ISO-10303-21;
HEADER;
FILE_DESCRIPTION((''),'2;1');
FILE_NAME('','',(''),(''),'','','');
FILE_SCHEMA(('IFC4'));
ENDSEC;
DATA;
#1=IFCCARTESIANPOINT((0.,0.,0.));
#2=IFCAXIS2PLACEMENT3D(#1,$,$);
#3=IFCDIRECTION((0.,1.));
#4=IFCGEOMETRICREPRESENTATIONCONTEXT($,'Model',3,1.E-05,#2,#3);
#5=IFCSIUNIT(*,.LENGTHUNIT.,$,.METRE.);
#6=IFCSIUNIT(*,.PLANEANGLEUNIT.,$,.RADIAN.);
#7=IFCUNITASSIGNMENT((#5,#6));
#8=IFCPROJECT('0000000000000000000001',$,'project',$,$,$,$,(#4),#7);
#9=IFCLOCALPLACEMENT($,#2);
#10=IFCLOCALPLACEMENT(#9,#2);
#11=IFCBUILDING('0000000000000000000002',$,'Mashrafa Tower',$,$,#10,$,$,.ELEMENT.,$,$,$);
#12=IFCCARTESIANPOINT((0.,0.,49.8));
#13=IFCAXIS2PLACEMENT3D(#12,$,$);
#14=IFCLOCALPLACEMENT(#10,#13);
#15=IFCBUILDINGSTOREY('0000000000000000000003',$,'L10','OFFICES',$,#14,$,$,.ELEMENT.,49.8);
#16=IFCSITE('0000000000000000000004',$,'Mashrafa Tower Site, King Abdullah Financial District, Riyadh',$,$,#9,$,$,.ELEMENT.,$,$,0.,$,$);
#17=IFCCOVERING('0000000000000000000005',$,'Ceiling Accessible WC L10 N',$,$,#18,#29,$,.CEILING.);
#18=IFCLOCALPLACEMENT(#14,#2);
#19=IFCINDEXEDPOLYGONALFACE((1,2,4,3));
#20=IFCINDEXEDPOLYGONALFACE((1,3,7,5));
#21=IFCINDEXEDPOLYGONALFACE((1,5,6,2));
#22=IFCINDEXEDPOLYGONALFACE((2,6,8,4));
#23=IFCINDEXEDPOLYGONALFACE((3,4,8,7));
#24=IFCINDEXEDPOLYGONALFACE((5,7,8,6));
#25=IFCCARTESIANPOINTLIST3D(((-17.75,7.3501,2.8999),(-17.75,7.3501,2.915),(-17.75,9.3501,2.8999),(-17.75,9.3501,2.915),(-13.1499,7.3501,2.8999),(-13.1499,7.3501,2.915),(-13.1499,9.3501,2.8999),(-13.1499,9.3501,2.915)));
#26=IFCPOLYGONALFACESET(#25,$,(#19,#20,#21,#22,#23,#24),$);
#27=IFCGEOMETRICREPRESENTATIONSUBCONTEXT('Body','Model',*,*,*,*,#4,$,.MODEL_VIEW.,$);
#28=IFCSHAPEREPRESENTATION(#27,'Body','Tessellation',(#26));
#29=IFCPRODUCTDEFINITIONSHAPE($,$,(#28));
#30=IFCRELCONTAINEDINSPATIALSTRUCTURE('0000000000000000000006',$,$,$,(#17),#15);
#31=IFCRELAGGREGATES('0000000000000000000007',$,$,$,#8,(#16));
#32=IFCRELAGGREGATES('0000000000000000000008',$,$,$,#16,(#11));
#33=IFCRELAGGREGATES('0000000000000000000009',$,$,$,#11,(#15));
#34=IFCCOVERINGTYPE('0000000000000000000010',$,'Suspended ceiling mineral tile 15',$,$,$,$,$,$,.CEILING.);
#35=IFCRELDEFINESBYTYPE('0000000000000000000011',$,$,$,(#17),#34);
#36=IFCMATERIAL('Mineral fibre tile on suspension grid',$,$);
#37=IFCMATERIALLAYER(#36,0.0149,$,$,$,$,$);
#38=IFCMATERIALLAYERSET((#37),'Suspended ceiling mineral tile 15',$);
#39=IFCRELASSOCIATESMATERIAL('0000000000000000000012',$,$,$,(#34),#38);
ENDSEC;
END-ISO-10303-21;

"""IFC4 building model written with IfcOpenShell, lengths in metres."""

from ifc_helpers import new_model, si_unit, direction, frame, origin, place, context, subcontext, project, spatial, polyline, outline, extrude, material, layer, layer_set, type_object, element, save


model = new_model("IFC4")

# Units and contexts
model_context = context("Model", 3, precision=1e-05, world=origin(), true_north=direction((0.0, 1.0)))
body_context = subcontext(model_context, "Body", "Model", "MODEL_VIEW")
ifc_project = project(units=[si_unit("LENGTHUNIT", "METRE"), si_unit("PLANEANGLEUNIT", "RADIAN")], contexts=[model_context])

# Site, building, storey
site_placement = place(None, origin())
site = spatial("IfcSite", under=ifc_project, at=site_placement, Name="Mashrafa Tower Site, King Abdullah Financial District, Riyadh", CompositionType="ELEMENT", RefElevation=0.0)
building_placement = place(site_placement, origin())
building = spatial("IfcBuilding", under=site, at=building_placement, Name="Mashrafa Tower", CompositionType="ELEMENT")
storey_placement = place(building_placement, frame((0.0, 0.0, 49.8)))
storey = spatial("IfcBuildingStorey", under=building, at=storey_placement, Name="L10", Description="OFFICES", CompositionType="ELEMENT", Elevation=49.8)

# Covering
ifc_material_1 = material(Name="Mineral fibre tile on suspension grid")
ifc_layer_1 = layer(ifc_material_1, 0.0149)
ifc_layer_set_1 = layer_set([ifc_layer_1], Name="Suspended ceiling mineral tile 15")
covering_type_1 = type_object("IfcCoveringType", Name="Suspended ceiling mineral tile 15", PredefinedType="CEILING", material=ifc_layer_set_1)
covering_1_placement = place(storey_placement, frame((0.0, 0.0, 2.8999)))
element("IfcCovering", 1, at=covering_1_placement, inside=storey, type_object=covering_type_1, Name="Ceiling Accessible WC L10 N", PredefinedType="CEILING", context=body_context, shape_type="SweptSolid", body=[
    extrude(outline(polyline([(-17.75, 7.3501), (-17.75, 9.3501), (-13.1499, 9.3501), (-13.1499, 7.3501), (-17.75, 7.3501)])), origin(), (0.0, 0.0, 1.0), 0.0151),
])

save(model, "model.ifc")
